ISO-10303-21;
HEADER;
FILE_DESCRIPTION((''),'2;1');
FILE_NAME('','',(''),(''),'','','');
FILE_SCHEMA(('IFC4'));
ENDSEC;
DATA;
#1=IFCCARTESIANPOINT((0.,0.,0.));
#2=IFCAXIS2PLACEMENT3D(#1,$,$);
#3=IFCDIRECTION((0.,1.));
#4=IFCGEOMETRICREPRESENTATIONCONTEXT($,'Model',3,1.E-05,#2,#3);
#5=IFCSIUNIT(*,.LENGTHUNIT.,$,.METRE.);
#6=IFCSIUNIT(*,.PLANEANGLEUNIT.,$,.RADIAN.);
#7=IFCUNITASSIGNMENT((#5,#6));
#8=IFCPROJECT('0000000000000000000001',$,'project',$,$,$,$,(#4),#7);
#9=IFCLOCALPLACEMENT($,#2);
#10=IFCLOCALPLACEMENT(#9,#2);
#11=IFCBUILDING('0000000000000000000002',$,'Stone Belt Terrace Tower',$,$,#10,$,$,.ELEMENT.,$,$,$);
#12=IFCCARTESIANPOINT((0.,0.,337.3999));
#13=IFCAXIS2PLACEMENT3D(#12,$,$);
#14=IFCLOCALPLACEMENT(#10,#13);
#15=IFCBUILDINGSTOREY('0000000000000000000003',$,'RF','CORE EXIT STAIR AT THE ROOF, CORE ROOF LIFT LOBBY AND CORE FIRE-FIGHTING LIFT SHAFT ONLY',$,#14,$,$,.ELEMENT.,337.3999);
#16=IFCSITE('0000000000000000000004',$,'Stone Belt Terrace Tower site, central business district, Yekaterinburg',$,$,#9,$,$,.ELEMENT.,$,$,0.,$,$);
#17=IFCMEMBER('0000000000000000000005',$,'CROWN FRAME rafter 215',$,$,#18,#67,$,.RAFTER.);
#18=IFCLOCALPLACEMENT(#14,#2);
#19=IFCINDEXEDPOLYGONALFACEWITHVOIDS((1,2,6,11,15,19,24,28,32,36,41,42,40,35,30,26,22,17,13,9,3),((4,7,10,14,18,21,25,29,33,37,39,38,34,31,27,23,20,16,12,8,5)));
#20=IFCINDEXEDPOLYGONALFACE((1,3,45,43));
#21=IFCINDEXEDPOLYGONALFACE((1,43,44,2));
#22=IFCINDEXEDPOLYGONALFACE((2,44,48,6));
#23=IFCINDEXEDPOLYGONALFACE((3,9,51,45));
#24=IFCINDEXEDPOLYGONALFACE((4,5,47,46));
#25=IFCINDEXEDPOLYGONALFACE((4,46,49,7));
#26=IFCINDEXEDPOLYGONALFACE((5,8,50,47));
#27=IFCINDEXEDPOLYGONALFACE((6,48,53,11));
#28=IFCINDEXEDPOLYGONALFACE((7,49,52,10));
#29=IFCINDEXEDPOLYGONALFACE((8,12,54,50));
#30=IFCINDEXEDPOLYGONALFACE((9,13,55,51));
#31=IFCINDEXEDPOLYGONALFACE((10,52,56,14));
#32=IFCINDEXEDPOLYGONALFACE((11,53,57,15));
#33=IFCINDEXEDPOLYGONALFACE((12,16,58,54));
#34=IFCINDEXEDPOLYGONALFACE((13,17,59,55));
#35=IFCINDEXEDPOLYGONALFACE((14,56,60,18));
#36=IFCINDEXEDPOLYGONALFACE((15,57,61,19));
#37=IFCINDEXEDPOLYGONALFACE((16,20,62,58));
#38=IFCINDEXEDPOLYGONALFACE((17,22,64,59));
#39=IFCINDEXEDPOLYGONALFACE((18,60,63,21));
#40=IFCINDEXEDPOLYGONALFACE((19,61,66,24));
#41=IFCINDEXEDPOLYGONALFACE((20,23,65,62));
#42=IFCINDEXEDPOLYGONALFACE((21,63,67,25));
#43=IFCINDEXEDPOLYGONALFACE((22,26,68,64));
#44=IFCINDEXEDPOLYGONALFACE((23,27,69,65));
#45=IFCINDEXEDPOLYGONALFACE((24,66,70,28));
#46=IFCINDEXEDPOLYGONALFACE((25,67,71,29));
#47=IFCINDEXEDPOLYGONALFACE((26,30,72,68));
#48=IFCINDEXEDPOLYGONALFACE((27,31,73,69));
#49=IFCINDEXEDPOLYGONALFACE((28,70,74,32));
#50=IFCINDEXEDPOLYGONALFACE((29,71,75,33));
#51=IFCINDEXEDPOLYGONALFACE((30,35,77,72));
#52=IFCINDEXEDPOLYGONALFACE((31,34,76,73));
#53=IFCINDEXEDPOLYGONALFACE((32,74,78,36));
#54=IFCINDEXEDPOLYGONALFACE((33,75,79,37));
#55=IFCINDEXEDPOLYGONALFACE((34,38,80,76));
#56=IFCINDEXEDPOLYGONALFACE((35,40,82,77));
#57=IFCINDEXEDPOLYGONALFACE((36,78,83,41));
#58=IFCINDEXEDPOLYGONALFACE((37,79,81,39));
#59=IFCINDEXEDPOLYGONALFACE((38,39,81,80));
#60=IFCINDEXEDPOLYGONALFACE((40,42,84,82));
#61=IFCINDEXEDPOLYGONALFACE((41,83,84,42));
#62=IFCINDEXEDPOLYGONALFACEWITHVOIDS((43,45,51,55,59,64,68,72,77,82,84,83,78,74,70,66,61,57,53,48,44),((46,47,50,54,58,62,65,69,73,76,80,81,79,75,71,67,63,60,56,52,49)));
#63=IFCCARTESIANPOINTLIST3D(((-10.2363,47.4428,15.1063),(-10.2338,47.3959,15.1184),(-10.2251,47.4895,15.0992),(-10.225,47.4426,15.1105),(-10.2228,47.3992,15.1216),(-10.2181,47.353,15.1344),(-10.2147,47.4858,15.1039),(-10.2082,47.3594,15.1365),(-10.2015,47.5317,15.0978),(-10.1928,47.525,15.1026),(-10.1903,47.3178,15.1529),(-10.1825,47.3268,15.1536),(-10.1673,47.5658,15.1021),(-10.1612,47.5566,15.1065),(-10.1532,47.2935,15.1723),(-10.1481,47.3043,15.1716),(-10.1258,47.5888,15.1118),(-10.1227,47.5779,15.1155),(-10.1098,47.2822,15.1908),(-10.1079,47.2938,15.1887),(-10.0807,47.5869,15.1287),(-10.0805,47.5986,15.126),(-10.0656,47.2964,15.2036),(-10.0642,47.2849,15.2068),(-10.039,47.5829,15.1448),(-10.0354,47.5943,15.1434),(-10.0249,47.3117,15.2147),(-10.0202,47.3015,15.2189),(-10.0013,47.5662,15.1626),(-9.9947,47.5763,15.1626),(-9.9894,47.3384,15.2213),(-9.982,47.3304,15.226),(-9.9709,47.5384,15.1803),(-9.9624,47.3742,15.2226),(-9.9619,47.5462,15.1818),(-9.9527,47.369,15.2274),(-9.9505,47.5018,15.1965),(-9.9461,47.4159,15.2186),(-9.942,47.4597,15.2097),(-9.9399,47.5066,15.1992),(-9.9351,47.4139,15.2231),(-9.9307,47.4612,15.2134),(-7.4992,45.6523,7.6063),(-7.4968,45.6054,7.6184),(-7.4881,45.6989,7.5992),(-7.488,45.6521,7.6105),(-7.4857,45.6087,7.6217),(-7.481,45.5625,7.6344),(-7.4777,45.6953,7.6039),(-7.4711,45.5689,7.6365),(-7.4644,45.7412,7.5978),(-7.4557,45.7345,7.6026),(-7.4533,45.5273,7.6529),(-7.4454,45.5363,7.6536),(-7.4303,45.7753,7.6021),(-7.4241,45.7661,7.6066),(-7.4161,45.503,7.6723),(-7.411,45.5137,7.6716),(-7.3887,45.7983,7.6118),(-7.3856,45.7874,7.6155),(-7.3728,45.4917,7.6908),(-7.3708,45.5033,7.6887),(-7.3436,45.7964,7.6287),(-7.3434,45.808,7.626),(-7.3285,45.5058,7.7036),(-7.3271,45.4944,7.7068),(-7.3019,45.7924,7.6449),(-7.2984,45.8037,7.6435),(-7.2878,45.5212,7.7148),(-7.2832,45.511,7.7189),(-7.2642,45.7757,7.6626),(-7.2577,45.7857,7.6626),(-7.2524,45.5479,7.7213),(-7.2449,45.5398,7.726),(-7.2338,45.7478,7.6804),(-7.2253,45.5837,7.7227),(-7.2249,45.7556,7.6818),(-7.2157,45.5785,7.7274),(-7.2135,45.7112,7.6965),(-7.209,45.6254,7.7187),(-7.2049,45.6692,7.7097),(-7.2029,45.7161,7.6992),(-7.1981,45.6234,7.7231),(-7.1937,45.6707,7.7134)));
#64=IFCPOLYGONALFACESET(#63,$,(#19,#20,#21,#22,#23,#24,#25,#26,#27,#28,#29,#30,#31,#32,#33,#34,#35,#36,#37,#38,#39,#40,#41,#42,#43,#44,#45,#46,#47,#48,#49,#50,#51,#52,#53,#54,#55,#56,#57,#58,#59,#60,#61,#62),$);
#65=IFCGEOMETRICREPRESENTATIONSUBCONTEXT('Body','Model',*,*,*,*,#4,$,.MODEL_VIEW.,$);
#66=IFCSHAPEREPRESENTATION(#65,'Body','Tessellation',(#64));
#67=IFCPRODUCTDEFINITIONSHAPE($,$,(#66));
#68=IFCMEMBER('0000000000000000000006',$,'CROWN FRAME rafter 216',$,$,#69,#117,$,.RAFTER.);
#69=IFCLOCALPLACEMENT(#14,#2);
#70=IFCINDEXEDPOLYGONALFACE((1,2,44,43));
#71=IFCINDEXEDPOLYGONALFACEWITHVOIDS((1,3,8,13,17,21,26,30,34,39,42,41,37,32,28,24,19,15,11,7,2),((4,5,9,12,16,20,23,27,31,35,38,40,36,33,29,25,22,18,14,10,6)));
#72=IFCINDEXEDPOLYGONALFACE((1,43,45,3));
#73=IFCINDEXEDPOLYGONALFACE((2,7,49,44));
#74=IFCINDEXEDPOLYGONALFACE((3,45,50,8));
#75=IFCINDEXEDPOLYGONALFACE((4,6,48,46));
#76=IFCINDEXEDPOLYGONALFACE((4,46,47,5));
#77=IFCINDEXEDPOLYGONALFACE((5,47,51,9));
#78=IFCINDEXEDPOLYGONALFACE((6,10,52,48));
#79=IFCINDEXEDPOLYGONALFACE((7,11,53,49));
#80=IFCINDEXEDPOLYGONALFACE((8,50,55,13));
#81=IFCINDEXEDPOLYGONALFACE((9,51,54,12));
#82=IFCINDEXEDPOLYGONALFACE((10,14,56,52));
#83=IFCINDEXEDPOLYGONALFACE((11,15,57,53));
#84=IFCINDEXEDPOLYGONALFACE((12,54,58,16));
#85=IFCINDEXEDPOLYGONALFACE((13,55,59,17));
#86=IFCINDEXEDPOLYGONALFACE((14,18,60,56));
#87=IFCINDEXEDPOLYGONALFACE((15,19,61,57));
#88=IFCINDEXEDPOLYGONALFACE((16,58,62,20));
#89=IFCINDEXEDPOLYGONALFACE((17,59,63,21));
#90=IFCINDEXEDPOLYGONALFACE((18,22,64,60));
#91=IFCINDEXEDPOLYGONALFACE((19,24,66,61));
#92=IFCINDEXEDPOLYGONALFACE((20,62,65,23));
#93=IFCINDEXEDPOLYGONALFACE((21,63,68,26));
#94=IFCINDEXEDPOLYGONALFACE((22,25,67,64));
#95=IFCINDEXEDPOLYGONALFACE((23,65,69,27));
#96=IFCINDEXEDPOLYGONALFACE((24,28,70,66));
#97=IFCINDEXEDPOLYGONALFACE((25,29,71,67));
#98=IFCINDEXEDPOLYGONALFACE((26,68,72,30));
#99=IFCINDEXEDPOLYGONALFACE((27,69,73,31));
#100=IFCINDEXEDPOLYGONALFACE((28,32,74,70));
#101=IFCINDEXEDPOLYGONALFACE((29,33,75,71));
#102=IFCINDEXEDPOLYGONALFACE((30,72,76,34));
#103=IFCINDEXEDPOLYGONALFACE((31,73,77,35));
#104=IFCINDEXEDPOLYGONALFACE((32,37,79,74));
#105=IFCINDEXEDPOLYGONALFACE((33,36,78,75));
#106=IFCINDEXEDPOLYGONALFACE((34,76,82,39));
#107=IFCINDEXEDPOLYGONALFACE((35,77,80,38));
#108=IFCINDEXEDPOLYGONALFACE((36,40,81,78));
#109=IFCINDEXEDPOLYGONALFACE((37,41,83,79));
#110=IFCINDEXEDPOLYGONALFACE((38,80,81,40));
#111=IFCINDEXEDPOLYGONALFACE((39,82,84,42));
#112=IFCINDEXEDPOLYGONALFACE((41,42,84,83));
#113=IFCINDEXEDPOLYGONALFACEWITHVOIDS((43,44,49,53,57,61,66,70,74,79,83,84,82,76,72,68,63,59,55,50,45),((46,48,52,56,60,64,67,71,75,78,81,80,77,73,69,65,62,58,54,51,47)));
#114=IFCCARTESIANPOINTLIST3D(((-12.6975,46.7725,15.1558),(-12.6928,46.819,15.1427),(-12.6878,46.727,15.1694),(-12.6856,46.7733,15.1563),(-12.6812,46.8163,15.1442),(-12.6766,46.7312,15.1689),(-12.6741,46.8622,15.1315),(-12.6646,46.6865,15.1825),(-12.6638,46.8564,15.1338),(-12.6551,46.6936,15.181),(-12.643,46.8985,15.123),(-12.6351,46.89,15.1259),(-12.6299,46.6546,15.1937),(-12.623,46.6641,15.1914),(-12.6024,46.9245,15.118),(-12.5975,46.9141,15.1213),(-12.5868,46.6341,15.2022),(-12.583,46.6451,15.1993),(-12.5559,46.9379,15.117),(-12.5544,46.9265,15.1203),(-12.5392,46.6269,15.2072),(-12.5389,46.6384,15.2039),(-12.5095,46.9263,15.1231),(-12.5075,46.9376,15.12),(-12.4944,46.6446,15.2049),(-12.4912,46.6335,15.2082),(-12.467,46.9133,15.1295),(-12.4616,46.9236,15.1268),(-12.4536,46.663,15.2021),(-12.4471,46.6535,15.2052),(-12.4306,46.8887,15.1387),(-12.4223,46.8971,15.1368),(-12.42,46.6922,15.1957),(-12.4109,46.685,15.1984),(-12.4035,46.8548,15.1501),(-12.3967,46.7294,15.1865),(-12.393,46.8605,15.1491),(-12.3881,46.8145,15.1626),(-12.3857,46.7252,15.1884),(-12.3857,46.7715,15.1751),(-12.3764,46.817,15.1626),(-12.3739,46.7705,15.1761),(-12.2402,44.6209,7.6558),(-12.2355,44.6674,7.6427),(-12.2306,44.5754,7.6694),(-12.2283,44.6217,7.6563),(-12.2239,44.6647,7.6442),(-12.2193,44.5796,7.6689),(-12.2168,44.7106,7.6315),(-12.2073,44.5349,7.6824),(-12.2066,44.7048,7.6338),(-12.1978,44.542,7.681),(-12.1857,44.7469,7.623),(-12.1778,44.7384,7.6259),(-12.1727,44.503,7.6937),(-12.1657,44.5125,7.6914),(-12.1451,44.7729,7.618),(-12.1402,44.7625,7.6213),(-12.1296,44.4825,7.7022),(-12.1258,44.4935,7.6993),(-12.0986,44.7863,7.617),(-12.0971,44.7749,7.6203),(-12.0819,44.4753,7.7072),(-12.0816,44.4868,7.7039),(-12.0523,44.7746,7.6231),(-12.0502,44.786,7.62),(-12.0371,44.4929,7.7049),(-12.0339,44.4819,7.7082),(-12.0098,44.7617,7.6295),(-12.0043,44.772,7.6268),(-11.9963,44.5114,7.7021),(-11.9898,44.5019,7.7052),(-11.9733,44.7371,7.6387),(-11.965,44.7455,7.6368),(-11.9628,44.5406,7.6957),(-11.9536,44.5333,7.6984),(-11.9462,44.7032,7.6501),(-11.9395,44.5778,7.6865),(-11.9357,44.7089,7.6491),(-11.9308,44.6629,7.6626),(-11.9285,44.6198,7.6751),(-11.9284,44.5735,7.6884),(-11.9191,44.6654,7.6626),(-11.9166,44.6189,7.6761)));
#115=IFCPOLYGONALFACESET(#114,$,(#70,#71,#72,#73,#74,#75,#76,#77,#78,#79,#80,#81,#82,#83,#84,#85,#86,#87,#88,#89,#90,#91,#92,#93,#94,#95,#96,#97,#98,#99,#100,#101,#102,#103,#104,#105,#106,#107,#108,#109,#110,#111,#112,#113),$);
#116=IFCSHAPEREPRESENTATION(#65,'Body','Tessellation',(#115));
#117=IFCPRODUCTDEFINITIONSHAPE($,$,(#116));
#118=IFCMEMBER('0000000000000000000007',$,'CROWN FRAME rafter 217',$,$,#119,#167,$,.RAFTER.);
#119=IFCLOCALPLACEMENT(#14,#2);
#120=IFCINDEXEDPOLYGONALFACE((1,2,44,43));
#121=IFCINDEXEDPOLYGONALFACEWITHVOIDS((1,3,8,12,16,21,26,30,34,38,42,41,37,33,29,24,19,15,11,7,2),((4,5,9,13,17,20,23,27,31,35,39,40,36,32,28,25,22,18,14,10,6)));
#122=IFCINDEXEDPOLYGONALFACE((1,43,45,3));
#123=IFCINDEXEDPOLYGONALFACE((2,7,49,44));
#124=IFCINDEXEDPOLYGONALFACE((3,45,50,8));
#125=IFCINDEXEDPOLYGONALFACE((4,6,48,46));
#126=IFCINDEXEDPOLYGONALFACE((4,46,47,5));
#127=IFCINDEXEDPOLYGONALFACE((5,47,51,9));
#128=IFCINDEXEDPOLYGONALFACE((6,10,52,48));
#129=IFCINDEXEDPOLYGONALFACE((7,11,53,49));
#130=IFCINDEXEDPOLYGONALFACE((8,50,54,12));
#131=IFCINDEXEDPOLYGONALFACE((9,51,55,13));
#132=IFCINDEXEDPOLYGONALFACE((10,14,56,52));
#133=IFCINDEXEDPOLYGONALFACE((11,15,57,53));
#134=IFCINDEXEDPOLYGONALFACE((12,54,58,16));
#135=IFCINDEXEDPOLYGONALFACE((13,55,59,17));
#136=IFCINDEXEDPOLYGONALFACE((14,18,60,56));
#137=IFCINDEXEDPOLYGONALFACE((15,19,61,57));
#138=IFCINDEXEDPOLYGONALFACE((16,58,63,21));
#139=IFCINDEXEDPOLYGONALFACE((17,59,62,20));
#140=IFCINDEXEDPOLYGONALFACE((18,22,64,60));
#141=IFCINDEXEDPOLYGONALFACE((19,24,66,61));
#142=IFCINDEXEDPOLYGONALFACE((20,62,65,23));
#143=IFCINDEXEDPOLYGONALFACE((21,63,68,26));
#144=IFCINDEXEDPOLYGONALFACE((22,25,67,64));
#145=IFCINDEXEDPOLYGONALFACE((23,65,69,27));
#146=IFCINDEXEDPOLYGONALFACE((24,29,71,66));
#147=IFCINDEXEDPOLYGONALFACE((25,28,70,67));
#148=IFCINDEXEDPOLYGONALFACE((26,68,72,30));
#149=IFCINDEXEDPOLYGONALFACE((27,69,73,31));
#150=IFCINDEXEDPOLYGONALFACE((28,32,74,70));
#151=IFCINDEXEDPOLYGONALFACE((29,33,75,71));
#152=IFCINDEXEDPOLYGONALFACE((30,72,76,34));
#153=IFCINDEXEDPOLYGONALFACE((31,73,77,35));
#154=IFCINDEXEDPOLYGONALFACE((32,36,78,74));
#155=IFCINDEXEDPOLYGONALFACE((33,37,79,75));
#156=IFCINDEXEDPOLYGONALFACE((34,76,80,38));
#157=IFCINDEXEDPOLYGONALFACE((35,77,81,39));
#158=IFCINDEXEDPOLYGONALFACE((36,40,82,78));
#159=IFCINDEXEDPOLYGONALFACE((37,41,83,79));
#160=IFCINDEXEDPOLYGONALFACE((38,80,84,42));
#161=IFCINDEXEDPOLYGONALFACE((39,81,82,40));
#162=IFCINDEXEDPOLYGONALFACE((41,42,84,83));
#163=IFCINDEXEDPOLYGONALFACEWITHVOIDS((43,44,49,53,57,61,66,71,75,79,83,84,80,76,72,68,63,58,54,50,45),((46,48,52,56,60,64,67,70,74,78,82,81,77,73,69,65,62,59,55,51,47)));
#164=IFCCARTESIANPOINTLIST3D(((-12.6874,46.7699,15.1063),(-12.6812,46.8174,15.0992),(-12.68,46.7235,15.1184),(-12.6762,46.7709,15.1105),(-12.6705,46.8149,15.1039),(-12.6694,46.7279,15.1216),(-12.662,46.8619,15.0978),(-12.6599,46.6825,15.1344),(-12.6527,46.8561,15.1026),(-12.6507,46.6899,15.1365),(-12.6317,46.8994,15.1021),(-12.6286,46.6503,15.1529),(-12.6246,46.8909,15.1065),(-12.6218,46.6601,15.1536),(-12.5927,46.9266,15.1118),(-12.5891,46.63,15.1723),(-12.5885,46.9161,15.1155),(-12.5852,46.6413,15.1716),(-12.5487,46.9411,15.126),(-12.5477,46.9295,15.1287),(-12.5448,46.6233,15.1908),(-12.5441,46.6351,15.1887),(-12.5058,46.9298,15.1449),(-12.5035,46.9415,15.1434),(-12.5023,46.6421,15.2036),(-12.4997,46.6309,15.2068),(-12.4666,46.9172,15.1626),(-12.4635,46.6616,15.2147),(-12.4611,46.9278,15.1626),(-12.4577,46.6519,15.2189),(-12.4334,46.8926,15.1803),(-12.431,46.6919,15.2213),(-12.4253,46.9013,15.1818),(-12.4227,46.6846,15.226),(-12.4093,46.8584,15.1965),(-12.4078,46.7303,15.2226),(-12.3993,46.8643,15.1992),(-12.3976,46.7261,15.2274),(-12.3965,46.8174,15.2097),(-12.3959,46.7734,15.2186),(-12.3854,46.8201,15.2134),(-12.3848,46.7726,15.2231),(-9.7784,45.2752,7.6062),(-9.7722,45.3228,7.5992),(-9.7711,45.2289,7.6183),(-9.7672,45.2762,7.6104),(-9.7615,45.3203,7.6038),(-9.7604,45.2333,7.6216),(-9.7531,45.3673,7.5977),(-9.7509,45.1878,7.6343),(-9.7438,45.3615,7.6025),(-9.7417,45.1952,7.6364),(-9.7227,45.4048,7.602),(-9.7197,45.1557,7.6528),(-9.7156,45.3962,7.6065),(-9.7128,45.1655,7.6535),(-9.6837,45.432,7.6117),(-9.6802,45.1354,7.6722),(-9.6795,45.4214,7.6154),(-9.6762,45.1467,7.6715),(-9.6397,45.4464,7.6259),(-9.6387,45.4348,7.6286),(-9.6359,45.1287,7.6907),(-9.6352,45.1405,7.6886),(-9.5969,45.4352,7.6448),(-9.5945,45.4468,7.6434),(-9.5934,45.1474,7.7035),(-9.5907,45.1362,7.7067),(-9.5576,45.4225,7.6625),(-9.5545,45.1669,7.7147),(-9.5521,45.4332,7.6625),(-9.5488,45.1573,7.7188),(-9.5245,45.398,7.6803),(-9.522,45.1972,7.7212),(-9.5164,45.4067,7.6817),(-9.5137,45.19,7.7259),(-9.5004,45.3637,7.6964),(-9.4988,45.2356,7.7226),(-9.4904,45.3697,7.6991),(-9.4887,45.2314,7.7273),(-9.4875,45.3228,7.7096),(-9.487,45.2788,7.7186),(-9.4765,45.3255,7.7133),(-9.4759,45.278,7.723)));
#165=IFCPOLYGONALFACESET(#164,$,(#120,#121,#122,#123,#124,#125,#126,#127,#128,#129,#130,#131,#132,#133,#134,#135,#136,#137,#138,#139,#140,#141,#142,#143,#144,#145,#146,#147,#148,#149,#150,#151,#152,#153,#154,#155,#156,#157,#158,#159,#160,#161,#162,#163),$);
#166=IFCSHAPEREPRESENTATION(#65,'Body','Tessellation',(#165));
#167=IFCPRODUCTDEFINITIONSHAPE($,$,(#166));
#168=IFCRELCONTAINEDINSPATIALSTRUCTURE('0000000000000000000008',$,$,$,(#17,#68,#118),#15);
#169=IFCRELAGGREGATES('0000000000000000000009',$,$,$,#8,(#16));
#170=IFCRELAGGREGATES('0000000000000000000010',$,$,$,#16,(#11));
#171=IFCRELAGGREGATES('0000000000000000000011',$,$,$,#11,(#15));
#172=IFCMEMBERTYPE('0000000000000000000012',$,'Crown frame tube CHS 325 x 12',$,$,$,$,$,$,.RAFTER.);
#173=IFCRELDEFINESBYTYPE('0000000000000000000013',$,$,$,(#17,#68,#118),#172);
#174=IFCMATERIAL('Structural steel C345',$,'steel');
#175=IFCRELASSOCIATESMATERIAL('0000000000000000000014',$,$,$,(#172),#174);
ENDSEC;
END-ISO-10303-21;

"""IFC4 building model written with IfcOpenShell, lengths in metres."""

from ifc_helpers import new_model, si_unit, direction, frame, origin, origin_2d, place, context, subcontext, project, spatial, hollow_circle, extrude, material, material_profile, profile_set, type_object, element, save


model = new_model("IFC4")

# Units and contexts
model_context = context("Model", 3, precision=1e-05, world=origin(), true_north=direction((0.0, 1.0)))
body_context = subcontext(model_context, "Body", "Model", "MODEL_VIEW")
ifc_project = project(units=[si_unit("LENGTHUNIT", "METRE"), si_unit("PLANEANGLEUNIT", "RADIAN")], contexts=[model_context])

# Site, building, storey
site_placement = place(None, origin())
site = spatial("IfcSite", under=ifc_project, at=site_placement, Name="Stone Belt Terrace Tower site, central business district, Yekaterinburg", CompositionType="ELEMENT", RefElevation=0.0)
building_placement = place(site_placement, origin())
building = spatial("IfcBuilding", under=site, at=building_placement, Name="Stone Belt Terrace Tower", CompositionType="ELEMENT")
storey_placement = place(building_placement, frame((0.0, 0.0, 337.3999)))
storey = spatial("IfcBuildingStorey", under=building, at=storey_placement, Name="RF", Description="CORE EXIT STAIR AT THE ROOF, CORE ROOF LIFT LOBBY AND CORE FIRE-FIGHTING LIFT SHAFT ONLY", CompositionType="ELEMENT", Elevation=337.3999)

# Members
ifc_material_1 = material(Name="Structural steel C345", Category="steel")
ifc_material_profile_1 = material_profile(ifc_material_1, hollow_circle(Radius=0.1626, WallThickness=0.012, at=origin_2d()), Name="Structural steel C345 CHS 325x12")
ifc_profile_set_1 = profile_set([ifc_material_profile_1], Name="Structural steel C345")
member_type_1 = type_object("IfcMemberType", Name="Crown frame tube CHS 325 x 12", PredefinedType="RAFTER", material=ifc_profile_set_1)
member_1_placement = place(storey_placement, frame((-10.0837, 47.4402, 15.1626), z_axis=(0.334516, -0.218834, -0.91663), x_axis=(0.547444, 0.836842, 0.0)))
element("IfcMember", 1, at=member_1_placement, inside=storey, type_object=member_type_1, Name="CROWN FRAME rafter 215", PredefinedType="RAFTER", context=body_context, shape_type="SweptSolid", body=[
    extrude(hollow_circle(Radius=0.1626, WallThickness=0.012, at=origin_2d()), origin(), (0.0, 0.0, 1.0), 8.1821),
])
member_2_placement = place(storey_placement, frame((-12.5354, 46.7832, 15.1626), z_axis=(0.058506, -0.275286, -0.959581), x_axis=(0.978153, 0.207884, 0.0)))
element("IfcMember", 2, at=member_2_placement, inside=storey, type_object=member_type_1, Name="CROWN FRAME rafter 216", PredefinedType="RAFTER", context=body_context, shape_type="SweptSolid", body=[
    extrude(hollow_circle(Radius=0.1626, WallThickness=0.012, at=origin_2d()), origin(), (0.0, 0.0, 1.0), 7.8159),
])
member_3_placement = place(storey_placement, frame((-12.5354, 46.7832, 15.1626), z_axis=(0.355527, -0.182672, -0.916642), x_axis=(0.457011, 0.889461, 0.0)))
element("IfcMember", 3, at=member_3_placement, inside=storey, type_object=member_type_1, Name="CROWN FRAME rafter 217", PredefinedType="RAFTER", context=body_context, shape_type="SweptSolid", body=[
    extrude(hollow_circle(Radius=0.1626, WallThickness=0.012, at=origin_2d()), origin(), (0.0, 0.0, 1.0), 8.1821),
])

save(model, "model.ifc")
